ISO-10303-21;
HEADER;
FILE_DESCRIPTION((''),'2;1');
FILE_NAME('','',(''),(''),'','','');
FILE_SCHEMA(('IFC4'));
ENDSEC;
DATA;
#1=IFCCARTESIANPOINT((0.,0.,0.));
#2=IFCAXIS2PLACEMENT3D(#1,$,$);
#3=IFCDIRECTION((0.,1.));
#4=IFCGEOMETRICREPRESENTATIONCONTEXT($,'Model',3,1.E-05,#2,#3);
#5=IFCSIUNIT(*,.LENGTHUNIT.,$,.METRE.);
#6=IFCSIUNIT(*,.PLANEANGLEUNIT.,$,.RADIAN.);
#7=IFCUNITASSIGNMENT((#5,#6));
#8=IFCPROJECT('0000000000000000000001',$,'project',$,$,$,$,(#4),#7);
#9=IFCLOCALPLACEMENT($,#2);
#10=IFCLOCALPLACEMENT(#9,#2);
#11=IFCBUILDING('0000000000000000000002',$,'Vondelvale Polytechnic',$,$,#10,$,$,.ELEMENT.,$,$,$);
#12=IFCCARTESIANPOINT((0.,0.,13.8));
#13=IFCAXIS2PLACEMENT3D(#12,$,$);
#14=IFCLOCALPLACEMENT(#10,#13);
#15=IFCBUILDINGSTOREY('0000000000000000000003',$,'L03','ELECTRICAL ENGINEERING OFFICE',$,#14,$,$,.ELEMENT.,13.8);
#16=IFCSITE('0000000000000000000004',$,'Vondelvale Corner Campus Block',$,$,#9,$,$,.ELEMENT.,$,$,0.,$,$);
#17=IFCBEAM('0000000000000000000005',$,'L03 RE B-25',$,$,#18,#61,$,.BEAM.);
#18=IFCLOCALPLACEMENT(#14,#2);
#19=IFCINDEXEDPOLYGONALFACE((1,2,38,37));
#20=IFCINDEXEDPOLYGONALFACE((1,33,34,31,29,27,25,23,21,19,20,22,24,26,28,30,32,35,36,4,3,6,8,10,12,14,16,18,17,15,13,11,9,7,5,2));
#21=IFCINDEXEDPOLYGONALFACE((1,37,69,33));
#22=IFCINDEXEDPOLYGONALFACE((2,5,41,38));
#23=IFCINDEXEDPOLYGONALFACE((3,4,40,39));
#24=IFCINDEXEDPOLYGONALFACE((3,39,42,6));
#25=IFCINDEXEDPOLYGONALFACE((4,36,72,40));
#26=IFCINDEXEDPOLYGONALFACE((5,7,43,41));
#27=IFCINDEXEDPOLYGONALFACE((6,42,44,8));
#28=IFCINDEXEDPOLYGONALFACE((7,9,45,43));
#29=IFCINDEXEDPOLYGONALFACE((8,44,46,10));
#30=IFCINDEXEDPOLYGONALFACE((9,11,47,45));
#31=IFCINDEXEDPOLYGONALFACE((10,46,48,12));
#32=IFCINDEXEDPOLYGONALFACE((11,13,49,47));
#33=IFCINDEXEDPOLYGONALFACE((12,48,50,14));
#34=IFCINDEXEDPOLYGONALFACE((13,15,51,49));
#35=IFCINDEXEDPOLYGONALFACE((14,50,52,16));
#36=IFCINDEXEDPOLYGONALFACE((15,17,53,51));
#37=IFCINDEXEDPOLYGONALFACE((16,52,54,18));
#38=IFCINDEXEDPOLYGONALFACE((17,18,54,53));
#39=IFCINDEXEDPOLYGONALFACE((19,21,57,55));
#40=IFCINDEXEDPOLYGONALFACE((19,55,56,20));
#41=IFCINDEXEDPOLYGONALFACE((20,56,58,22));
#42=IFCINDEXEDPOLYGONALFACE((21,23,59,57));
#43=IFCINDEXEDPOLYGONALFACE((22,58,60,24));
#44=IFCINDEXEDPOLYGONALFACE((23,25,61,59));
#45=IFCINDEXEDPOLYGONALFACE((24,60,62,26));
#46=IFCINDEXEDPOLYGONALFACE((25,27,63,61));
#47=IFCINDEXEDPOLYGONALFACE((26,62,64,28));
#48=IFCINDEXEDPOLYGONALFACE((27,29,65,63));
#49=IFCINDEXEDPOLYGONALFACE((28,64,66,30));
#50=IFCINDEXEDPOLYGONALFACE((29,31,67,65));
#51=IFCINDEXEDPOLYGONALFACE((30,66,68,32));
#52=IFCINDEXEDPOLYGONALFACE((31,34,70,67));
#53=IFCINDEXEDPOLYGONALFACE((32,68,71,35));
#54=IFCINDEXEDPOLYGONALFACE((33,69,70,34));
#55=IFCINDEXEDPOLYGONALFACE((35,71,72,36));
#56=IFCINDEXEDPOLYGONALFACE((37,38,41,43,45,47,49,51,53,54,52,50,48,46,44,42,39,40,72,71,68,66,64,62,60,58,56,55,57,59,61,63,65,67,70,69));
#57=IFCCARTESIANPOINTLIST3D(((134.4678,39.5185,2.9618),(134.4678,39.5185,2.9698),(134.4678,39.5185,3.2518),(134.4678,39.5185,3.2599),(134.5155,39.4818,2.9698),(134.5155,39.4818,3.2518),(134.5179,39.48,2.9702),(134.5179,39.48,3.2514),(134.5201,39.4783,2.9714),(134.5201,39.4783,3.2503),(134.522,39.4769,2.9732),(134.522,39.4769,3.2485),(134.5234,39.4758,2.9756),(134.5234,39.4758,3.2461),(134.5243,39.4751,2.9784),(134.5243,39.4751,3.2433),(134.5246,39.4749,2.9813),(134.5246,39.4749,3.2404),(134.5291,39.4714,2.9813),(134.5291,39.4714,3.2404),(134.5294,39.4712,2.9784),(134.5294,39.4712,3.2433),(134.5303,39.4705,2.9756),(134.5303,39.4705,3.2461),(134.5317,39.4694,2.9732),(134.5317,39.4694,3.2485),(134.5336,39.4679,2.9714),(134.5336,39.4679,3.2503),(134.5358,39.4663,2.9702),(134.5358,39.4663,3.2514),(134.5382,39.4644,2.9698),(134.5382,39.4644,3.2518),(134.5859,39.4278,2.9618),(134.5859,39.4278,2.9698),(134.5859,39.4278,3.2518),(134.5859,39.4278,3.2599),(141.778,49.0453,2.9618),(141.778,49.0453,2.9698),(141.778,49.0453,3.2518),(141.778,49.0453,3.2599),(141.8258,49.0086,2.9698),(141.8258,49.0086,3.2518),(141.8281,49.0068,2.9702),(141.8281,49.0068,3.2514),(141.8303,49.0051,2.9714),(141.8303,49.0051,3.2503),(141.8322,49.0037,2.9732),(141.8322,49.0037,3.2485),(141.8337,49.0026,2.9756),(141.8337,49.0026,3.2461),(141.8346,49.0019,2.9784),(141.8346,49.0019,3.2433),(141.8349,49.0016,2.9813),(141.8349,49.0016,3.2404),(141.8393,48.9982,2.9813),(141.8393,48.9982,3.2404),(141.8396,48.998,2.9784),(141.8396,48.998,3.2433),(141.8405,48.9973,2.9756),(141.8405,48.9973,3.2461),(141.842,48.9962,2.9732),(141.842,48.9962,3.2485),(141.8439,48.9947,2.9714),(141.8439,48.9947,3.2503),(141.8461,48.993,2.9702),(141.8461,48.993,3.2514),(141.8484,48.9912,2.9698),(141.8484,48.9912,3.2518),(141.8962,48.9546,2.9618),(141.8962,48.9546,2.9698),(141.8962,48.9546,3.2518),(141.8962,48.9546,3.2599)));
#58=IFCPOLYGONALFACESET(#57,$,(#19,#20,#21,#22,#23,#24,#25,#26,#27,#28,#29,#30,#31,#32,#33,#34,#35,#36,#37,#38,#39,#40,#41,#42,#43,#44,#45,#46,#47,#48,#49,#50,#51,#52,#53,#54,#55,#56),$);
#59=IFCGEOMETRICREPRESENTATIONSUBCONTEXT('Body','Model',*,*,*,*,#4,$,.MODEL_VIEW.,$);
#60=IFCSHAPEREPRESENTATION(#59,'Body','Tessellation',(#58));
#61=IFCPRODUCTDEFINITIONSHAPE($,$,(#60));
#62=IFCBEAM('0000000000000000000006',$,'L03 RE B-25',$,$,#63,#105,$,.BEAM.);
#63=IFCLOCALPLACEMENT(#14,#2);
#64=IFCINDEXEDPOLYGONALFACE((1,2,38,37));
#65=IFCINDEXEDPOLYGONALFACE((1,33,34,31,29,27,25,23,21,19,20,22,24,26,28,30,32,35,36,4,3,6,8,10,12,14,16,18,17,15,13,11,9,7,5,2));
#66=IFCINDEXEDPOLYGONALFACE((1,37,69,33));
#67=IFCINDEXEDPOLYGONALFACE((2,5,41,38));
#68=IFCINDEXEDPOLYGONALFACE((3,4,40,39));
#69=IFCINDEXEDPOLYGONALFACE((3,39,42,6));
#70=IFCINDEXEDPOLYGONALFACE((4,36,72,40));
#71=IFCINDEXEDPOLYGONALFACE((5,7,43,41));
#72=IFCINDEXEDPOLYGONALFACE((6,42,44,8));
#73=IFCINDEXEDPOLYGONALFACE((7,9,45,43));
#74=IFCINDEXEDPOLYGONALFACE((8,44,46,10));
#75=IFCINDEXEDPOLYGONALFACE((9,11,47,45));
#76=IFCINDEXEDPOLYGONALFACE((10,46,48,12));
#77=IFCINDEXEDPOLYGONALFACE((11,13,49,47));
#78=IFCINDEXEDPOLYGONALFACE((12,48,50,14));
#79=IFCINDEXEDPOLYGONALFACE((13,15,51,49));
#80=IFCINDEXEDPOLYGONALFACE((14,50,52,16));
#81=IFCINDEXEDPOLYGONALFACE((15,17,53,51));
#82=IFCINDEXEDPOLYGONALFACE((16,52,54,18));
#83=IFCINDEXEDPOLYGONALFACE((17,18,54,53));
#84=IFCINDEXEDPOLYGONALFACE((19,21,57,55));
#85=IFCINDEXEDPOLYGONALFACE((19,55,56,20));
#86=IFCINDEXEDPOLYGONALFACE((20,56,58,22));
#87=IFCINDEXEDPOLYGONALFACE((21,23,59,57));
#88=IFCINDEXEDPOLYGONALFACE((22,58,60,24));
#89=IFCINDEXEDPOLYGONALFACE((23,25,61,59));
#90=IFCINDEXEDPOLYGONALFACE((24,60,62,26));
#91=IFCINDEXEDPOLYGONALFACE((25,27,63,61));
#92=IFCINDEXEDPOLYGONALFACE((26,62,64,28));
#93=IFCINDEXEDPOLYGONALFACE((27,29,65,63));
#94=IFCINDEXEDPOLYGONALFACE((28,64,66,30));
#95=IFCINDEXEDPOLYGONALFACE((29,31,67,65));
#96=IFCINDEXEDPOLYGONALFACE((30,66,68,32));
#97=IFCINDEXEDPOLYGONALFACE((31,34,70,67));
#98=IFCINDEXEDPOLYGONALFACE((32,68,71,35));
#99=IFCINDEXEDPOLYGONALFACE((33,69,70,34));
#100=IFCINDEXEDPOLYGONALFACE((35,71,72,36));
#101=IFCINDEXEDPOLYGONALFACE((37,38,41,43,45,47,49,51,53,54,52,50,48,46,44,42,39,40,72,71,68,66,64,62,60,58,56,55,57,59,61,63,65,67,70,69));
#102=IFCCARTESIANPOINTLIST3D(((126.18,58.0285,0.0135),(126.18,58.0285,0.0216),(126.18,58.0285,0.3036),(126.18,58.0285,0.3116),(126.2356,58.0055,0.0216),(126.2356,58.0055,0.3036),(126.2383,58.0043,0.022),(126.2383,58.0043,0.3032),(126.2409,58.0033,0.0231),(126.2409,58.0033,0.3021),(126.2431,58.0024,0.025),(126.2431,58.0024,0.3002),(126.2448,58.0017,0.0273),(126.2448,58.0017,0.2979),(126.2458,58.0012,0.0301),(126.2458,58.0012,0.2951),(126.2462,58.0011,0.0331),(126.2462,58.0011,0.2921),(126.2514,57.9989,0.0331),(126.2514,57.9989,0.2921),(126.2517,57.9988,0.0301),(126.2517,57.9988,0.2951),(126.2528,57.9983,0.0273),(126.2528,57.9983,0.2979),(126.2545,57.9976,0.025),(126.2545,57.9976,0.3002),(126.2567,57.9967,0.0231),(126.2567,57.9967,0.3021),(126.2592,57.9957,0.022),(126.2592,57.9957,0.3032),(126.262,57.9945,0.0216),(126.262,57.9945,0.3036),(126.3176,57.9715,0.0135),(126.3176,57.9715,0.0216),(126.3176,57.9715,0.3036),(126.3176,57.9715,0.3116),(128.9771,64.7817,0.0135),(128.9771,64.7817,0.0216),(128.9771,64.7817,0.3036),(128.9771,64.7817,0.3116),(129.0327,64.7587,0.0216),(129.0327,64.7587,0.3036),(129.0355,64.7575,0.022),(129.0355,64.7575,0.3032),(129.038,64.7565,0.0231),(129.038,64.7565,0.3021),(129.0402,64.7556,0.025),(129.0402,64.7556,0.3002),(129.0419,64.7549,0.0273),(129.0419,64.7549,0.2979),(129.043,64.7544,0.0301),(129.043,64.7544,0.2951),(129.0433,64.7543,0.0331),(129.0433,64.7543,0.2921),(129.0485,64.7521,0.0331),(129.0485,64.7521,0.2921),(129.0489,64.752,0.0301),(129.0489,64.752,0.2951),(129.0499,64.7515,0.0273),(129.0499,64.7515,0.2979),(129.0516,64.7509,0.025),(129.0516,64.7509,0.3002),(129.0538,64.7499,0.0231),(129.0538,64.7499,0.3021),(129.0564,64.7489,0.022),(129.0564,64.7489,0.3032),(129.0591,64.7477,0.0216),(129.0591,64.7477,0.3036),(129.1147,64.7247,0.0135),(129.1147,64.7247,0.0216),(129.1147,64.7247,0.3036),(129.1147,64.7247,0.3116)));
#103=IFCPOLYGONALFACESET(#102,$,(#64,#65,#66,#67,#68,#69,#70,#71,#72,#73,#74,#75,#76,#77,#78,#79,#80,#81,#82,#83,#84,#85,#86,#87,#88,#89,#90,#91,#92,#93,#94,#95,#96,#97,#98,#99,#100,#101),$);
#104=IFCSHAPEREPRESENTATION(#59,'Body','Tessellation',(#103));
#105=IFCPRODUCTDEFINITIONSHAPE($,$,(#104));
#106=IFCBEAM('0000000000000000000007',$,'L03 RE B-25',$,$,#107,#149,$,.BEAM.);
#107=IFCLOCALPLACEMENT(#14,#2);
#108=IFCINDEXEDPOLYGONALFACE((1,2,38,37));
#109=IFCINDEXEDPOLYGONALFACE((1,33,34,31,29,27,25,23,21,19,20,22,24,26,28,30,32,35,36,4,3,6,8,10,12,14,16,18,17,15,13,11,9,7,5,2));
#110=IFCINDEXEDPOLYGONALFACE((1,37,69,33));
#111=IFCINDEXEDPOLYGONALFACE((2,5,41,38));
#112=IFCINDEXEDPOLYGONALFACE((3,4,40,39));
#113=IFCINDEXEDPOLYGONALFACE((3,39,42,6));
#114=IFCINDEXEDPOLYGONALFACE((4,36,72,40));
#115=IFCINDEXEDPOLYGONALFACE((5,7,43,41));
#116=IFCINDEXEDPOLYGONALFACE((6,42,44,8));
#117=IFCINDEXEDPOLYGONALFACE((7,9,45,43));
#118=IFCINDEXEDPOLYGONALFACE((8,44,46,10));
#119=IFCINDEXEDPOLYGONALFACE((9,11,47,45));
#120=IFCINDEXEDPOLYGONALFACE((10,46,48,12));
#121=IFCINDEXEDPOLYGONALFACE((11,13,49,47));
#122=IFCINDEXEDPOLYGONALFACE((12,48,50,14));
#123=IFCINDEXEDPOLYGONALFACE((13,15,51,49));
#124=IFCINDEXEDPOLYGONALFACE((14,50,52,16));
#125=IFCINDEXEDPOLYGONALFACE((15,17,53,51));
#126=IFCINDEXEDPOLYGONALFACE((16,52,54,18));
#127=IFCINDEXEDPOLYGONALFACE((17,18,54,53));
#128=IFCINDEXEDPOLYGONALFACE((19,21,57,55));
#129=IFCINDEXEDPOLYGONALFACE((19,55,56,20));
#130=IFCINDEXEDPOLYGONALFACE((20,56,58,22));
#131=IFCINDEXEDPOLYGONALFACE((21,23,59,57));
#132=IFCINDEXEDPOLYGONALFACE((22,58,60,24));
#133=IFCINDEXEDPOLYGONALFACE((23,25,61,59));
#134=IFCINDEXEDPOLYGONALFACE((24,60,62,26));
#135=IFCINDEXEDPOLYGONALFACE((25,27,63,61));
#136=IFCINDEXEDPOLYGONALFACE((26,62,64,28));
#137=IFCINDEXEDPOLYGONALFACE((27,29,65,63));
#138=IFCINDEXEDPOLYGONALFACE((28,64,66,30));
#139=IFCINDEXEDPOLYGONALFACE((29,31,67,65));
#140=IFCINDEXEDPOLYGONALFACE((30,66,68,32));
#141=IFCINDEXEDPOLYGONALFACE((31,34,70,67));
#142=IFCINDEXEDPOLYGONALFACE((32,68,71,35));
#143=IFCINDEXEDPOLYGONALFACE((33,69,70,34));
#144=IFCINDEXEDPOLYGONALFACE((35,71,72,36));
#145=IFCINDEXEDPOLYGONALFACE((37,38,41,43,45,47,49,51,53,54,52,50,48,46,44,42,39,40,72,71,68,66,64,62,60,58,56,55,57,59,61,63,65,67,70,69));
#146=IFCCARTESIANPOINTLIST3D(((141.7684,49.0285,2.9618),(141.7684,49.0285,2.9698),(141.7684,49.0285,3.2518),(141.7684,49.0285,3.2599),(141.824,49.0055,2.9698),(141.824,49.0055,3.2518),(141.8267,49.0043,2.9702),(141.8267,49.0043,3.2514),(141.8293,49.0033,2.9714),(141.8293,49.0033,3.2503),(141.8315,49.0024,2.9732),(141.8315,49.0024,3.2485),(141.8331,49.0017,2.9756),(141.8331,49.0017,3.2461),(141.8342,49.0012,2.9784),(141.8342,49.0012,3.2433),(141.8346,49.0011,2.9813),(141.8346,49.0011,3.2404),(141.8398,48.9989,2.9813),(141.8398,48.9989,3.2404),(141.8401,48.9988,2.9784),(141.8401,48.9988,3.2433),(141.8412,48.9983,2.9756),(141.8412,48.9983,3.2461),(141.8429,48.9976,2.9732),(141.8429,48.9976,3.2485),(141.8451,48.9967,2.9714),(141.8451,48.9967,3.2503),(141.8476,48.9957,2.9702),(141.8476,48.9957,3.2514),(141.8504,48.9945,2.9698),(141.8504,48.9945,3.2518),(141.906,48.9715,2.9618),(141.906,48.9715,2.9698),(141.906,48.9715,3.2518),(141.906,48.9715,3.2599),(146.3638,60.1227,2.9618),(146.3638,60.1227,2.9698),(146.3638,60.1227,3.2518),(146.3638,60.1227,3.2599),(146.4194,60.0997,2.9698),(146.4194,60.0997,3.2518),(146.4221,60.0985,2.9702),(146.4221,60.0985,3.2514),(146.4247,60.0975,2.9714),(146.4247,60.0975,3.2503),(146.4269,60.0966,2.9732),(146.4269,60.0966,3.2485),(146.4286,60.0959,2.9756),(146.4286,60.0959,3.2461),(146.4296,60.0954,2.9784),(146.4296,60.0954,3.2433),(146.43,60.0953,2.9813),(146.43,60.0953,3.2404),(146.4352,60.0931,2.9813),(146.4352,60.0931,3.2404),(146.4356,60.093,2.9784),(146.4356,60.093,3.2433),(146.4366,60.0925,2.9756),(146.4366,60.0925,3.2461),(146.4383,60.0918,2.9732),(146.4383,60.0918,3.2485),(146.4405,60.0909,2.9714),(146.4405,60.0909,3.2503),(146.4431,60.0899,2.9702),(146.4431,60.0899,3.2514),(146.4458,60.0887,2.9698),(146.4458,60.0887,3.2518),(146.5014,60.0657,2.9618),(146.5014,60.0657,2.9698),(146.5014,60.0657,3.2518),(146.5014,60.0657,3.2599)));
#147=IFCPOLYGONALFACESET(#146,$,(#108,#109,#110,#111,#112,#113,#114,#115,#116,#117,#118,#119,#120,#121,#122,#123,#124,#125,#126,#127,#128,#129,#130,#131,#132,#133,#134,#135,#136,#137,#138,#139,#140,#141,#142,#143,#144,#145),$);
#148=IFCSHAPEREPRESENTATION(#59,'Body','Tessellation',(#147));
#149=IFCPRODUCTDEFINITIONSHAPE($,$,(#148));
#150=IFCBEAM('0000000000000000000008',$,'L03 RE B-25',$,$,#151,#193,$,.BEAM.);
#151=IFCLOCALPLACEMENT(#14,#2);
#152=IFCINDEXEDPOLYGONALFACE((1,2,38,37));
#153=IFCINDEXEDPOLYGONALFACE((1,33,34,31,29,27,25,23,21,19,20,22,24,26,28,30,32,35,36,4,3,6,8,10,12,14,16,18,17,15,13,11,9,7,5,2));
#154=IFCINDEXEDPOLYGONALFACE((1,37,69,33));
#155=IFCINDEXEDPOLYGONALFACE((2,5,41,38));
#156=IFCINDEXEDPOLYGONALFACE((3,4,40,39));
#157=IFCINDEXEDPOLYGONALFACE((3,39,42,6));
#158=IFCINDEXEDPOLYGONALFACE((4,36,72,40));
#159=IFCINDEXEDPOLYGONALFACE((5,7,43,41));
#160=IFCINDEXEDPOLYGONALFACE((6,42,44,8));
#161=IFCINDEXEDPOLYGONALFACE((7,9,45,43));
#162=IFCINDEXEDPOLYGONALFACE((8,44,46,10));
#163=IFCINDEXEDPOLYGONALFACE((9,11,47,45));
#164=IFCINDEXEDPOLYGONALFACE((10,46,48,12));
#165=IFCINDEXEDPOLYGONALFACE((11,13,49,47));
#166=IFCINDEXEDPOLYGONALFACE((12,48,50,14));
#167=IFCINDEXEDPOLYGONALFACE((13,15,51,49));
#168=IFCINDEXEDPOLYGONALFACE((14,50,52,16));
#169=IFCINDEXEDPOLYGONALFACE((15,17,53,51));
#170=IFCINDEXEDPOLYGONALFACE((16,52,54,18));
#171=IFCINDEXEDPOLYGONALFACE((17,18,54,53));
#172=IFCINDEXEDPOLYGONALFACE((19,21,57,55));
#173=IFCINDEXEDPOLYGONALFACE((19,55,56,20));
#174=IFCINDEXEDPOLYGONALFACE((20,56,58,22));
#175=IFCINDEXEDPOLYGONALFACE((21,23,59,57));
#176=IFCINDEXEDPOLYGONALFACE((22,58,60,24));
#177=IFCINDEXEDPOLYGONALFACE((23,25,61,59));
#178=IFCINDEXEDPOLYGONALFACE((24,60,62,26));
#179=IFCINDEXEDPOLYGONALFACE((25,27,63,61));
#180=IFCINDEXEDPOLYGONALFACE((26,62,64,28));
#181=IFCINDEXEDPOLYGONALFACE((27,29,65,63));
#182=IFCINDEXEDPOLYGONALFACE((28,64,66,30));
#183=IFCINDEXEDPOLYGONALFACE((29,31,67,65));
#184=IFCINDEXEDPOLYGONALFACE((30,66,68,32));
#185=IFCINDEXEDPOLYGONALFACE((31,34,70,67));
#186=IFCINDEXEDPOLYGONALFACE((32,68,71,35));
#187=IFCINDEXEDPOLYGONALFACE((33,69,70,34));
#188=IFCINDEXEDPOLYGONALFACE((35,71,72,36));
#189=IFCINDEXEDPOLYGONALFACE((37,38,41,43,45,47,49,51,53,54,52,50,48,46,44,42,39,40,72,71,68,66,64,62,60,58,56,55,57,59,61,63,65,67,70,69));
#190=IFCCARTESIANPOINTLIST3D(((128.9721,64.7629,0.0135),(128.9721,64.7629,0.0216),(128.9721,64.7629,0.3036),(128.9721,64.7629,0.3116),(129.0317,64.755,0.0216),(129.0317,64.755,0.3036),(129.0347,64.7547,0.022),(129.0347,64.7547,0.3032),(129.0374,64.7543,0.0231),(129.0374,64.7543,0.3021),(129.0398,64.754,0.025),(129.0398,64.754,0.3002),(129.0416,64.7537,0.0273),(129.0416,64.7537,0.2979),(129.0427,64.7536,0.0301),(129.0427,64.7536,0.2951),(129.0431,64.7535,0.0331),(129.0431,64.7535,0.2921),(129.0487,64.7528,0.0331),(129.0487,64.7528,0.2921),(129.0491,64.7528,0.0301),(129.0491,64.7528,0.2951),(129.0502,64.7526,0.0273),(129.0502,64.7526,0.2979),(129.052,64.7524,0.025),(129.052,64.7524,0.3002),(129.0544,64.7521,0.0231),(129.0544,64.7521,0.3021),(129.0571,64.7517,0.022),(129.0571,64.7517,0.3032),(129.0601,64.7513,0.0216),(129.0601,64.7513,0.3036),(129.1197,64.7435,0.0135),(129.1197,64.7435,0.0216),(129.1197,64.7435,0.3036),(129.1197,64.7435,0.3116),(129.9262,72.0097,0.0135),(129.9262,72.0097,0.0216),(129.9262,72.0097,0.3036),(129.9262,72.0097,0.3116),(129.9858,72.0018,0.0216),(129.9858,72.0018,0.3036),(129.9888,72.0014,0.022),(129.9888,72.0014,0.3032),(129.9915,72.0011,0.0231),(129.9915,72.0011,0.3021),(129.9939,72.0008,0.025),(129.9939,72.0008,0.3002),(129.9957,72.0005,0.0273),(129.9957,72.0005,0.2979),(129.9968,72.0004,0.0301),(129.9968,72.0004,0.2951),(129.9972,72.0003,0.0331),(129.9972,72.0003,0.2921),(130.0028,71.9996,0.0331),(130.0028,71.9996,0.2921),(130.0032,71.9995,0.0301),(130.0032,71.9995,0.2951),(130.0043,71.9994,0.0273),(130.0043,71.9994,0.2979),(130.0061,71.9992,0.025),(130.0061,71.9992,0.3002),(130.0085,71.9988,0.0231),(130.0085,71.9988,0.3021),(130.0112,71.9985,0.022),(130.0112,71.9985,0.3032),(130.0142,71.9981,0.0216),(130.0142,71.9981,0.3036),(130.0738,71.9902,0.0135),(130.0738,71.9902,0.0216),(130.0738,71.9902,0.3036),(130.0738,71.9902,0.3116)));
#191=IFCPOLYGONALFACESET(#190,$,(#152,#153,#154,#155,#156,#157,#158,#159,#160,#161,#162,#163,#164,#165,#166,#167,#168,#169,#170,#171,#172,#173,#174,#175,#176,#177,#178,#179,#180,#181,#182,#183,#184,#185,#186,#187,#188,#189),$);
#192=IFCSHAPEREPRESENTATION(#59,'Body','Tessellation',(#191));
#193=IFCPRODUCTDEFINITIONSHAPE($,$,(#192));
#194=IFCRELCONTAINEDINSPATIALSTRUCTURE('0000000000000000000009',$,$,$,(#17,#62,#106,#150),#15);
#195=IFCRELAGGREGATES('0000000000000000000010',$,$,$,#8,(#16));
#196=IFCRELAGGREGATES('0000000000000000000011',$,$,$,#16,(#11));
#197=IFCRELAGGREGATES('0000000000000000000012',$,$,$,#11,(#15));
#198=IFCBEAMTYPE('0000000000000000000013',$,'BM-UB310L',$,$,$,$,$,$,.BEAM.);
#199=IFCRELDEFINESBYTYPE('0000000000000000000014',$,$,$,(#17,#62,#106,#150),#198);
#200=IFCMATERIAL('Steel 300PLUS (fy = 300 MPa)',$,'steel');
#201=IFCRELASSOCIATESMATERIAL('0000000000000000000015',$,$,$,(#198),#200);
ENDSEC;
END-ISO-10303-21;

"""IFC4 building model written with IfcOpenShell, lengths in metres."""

from ifc_helpers import new_model, si_unit, direction, frame, origin, origin_2d, place, context, subcontext, project, spatial, i_section, extrude, material, material_profile, profile_set, type_object, element, save


model = new_model("IFC4")

# Units and contexts
model_context = context("Model", 3, precision=1e-05, world=origin(), true_north=direction((0.0, 1.0)))
body_context = subcontext(model_context, "Body", "Model", "MODEL_VIEW")
ifc_project = project(units=[si_unit("LENGTHUNIT", "METRE"), si_unit("PLANEANGLEUNIT", "RADIAN")], contexts=[model_context])

# Site, building, storey
site_placement = place(None, origin())
site = spatial("IfcSite", under=ifc_project, at=site_placement, Name="Vondelvale Corner Campus Block", CompositionType="ELEMENT", RefElevation=0.0)
building_placement = place(site_placement, origin())
building = spatial("IfcBuilding", under=site, at=building_placement, Name="Vondelvale Polytechnic", CompositionType="ELEMENT")
storey_placement = place(building_placement, frame((0.0, 0.0, 13.8)))
storey = spatial("IfcBuildingStorey", under=building, at=storey_placement, Name="L03", Description="ELECTRICAL ENGINEERING OFFICE", CompositionType="ELEMENT", Elevation=13.8)

# Beams
ifc_material_1 = material(Name="Steel 300PLUS (fy = 300 MPa)", Category="steel")
ifc_material_profile_1 = material_profile(ifc_material_1, i_section(OverallWidth=0.1489, OverallDepth=0.2981, WebThickness=0.0056, FlangeThickness=0.0081, FilletRadius=0.0115, at=origin_2d()), Name="310UB32.0")
ifc_profile_set_1 = profile_set([ifc_material_profile_1], Name="Steel 300PLUS (fy = 300 MPa)")
beam_type_1 = type_object("IfcBeamType", Name="BM-UB310L", PredefinedType="BEAM", material=ifc_profile_set_1)
beam_1_placement = place(storey_placement, frame((134.5269, 39.4731, 3.1108), z_axis=(0.608766, 0.79335, 0.0), x_axis=(-0.79335, 0.608766, 0.0)))
element("IfcBeam", 1, at=beam_1_placement, inside=storey, type_object=beam_type_1, Name="L03 RE B-25", PredefinedType="BEAM", context=body_context, shape_type="SweptSolid", body=[
    extrude(i_section(OverallWidth=0.1489, OverallDepth=0.2981, WebThickness=0.0056, FlangeThickness=0.0081, FilletRadius=0.0115, at=origin_2d()), origin(), (0.0, 0.0, 1.0), 12.0083),
])
beam_2_placement = place(storey_placement, frame((126.2488, 58.0, 0.1626), z_axis=(0.382667, 0.923886, 0.0), x_axis=(-0.923886, 0.382667, 0.0)))
element("IfcBeam", 2, at=beam_2_placement, inside=storey, type_object=beam_type_1, Name="L03 RE B-25", PredefinedType="BEAM", context=body_context, shape_type="SweptSolid", body=[
    extrude(i_section(OverallWidth=0.1489, OverallDepth=0.2981, WebThickness=0.0056, FlangeThickness=0.0081, FilletRadius=0.0115, at=origin_2d()), origin(), (0.0, 0.0, 1.0), 7.3096),
])
beam_3_placement = place(storey_placement, frame((141.8372, 49.0, 3.1108), z_axis=(0.382689, 0.923877, 0.0), x_axis=(-0.923877, 0.382689, 0.0)))
element("IfcBeam", 3, at=beam_3_placement, inside=storey, type_object=beam_type_1, Name="L03 RE B-25", PredefinedType="BEAM", context=body_context, shape_type="SweptSolid", body=[
    extrude(i_section(OverallWidth=0.1489, OverallDepth=0.2981, WebThickness=0.0056, FlangeThickness=0.0081, FilletRadius=0.0115, at=origin_2d()), origin(), (0.0, 0.0, 1.0), 12.0083),
])
beam_4_placement = place(storey_placement, frame((129.0459, 64.7532, 0.1626), z_axis=(0.130531, 0.991444, 0.0), x_axis=(-0.991444, 0.130531, 0.0)))
element("IfcBeam", 4, at=beam_4_placement, inside=storey, type_object=beam_type_1, Name="L03 RE B-25", PredefinedType="BEAM", context=body_context, shape_type="SweptSolid", body=[
    extrude(i_section(OverallWidth=0.1489, OverallDepth=0.2981, WebThickness=0.0056, FlangeThickness=0.0081, FilletRadius=0.0115, at=origin_2d()), origin(), (0.0, 0.0, 1.0), 7.3093),
])

save(model, "model.ifc")
